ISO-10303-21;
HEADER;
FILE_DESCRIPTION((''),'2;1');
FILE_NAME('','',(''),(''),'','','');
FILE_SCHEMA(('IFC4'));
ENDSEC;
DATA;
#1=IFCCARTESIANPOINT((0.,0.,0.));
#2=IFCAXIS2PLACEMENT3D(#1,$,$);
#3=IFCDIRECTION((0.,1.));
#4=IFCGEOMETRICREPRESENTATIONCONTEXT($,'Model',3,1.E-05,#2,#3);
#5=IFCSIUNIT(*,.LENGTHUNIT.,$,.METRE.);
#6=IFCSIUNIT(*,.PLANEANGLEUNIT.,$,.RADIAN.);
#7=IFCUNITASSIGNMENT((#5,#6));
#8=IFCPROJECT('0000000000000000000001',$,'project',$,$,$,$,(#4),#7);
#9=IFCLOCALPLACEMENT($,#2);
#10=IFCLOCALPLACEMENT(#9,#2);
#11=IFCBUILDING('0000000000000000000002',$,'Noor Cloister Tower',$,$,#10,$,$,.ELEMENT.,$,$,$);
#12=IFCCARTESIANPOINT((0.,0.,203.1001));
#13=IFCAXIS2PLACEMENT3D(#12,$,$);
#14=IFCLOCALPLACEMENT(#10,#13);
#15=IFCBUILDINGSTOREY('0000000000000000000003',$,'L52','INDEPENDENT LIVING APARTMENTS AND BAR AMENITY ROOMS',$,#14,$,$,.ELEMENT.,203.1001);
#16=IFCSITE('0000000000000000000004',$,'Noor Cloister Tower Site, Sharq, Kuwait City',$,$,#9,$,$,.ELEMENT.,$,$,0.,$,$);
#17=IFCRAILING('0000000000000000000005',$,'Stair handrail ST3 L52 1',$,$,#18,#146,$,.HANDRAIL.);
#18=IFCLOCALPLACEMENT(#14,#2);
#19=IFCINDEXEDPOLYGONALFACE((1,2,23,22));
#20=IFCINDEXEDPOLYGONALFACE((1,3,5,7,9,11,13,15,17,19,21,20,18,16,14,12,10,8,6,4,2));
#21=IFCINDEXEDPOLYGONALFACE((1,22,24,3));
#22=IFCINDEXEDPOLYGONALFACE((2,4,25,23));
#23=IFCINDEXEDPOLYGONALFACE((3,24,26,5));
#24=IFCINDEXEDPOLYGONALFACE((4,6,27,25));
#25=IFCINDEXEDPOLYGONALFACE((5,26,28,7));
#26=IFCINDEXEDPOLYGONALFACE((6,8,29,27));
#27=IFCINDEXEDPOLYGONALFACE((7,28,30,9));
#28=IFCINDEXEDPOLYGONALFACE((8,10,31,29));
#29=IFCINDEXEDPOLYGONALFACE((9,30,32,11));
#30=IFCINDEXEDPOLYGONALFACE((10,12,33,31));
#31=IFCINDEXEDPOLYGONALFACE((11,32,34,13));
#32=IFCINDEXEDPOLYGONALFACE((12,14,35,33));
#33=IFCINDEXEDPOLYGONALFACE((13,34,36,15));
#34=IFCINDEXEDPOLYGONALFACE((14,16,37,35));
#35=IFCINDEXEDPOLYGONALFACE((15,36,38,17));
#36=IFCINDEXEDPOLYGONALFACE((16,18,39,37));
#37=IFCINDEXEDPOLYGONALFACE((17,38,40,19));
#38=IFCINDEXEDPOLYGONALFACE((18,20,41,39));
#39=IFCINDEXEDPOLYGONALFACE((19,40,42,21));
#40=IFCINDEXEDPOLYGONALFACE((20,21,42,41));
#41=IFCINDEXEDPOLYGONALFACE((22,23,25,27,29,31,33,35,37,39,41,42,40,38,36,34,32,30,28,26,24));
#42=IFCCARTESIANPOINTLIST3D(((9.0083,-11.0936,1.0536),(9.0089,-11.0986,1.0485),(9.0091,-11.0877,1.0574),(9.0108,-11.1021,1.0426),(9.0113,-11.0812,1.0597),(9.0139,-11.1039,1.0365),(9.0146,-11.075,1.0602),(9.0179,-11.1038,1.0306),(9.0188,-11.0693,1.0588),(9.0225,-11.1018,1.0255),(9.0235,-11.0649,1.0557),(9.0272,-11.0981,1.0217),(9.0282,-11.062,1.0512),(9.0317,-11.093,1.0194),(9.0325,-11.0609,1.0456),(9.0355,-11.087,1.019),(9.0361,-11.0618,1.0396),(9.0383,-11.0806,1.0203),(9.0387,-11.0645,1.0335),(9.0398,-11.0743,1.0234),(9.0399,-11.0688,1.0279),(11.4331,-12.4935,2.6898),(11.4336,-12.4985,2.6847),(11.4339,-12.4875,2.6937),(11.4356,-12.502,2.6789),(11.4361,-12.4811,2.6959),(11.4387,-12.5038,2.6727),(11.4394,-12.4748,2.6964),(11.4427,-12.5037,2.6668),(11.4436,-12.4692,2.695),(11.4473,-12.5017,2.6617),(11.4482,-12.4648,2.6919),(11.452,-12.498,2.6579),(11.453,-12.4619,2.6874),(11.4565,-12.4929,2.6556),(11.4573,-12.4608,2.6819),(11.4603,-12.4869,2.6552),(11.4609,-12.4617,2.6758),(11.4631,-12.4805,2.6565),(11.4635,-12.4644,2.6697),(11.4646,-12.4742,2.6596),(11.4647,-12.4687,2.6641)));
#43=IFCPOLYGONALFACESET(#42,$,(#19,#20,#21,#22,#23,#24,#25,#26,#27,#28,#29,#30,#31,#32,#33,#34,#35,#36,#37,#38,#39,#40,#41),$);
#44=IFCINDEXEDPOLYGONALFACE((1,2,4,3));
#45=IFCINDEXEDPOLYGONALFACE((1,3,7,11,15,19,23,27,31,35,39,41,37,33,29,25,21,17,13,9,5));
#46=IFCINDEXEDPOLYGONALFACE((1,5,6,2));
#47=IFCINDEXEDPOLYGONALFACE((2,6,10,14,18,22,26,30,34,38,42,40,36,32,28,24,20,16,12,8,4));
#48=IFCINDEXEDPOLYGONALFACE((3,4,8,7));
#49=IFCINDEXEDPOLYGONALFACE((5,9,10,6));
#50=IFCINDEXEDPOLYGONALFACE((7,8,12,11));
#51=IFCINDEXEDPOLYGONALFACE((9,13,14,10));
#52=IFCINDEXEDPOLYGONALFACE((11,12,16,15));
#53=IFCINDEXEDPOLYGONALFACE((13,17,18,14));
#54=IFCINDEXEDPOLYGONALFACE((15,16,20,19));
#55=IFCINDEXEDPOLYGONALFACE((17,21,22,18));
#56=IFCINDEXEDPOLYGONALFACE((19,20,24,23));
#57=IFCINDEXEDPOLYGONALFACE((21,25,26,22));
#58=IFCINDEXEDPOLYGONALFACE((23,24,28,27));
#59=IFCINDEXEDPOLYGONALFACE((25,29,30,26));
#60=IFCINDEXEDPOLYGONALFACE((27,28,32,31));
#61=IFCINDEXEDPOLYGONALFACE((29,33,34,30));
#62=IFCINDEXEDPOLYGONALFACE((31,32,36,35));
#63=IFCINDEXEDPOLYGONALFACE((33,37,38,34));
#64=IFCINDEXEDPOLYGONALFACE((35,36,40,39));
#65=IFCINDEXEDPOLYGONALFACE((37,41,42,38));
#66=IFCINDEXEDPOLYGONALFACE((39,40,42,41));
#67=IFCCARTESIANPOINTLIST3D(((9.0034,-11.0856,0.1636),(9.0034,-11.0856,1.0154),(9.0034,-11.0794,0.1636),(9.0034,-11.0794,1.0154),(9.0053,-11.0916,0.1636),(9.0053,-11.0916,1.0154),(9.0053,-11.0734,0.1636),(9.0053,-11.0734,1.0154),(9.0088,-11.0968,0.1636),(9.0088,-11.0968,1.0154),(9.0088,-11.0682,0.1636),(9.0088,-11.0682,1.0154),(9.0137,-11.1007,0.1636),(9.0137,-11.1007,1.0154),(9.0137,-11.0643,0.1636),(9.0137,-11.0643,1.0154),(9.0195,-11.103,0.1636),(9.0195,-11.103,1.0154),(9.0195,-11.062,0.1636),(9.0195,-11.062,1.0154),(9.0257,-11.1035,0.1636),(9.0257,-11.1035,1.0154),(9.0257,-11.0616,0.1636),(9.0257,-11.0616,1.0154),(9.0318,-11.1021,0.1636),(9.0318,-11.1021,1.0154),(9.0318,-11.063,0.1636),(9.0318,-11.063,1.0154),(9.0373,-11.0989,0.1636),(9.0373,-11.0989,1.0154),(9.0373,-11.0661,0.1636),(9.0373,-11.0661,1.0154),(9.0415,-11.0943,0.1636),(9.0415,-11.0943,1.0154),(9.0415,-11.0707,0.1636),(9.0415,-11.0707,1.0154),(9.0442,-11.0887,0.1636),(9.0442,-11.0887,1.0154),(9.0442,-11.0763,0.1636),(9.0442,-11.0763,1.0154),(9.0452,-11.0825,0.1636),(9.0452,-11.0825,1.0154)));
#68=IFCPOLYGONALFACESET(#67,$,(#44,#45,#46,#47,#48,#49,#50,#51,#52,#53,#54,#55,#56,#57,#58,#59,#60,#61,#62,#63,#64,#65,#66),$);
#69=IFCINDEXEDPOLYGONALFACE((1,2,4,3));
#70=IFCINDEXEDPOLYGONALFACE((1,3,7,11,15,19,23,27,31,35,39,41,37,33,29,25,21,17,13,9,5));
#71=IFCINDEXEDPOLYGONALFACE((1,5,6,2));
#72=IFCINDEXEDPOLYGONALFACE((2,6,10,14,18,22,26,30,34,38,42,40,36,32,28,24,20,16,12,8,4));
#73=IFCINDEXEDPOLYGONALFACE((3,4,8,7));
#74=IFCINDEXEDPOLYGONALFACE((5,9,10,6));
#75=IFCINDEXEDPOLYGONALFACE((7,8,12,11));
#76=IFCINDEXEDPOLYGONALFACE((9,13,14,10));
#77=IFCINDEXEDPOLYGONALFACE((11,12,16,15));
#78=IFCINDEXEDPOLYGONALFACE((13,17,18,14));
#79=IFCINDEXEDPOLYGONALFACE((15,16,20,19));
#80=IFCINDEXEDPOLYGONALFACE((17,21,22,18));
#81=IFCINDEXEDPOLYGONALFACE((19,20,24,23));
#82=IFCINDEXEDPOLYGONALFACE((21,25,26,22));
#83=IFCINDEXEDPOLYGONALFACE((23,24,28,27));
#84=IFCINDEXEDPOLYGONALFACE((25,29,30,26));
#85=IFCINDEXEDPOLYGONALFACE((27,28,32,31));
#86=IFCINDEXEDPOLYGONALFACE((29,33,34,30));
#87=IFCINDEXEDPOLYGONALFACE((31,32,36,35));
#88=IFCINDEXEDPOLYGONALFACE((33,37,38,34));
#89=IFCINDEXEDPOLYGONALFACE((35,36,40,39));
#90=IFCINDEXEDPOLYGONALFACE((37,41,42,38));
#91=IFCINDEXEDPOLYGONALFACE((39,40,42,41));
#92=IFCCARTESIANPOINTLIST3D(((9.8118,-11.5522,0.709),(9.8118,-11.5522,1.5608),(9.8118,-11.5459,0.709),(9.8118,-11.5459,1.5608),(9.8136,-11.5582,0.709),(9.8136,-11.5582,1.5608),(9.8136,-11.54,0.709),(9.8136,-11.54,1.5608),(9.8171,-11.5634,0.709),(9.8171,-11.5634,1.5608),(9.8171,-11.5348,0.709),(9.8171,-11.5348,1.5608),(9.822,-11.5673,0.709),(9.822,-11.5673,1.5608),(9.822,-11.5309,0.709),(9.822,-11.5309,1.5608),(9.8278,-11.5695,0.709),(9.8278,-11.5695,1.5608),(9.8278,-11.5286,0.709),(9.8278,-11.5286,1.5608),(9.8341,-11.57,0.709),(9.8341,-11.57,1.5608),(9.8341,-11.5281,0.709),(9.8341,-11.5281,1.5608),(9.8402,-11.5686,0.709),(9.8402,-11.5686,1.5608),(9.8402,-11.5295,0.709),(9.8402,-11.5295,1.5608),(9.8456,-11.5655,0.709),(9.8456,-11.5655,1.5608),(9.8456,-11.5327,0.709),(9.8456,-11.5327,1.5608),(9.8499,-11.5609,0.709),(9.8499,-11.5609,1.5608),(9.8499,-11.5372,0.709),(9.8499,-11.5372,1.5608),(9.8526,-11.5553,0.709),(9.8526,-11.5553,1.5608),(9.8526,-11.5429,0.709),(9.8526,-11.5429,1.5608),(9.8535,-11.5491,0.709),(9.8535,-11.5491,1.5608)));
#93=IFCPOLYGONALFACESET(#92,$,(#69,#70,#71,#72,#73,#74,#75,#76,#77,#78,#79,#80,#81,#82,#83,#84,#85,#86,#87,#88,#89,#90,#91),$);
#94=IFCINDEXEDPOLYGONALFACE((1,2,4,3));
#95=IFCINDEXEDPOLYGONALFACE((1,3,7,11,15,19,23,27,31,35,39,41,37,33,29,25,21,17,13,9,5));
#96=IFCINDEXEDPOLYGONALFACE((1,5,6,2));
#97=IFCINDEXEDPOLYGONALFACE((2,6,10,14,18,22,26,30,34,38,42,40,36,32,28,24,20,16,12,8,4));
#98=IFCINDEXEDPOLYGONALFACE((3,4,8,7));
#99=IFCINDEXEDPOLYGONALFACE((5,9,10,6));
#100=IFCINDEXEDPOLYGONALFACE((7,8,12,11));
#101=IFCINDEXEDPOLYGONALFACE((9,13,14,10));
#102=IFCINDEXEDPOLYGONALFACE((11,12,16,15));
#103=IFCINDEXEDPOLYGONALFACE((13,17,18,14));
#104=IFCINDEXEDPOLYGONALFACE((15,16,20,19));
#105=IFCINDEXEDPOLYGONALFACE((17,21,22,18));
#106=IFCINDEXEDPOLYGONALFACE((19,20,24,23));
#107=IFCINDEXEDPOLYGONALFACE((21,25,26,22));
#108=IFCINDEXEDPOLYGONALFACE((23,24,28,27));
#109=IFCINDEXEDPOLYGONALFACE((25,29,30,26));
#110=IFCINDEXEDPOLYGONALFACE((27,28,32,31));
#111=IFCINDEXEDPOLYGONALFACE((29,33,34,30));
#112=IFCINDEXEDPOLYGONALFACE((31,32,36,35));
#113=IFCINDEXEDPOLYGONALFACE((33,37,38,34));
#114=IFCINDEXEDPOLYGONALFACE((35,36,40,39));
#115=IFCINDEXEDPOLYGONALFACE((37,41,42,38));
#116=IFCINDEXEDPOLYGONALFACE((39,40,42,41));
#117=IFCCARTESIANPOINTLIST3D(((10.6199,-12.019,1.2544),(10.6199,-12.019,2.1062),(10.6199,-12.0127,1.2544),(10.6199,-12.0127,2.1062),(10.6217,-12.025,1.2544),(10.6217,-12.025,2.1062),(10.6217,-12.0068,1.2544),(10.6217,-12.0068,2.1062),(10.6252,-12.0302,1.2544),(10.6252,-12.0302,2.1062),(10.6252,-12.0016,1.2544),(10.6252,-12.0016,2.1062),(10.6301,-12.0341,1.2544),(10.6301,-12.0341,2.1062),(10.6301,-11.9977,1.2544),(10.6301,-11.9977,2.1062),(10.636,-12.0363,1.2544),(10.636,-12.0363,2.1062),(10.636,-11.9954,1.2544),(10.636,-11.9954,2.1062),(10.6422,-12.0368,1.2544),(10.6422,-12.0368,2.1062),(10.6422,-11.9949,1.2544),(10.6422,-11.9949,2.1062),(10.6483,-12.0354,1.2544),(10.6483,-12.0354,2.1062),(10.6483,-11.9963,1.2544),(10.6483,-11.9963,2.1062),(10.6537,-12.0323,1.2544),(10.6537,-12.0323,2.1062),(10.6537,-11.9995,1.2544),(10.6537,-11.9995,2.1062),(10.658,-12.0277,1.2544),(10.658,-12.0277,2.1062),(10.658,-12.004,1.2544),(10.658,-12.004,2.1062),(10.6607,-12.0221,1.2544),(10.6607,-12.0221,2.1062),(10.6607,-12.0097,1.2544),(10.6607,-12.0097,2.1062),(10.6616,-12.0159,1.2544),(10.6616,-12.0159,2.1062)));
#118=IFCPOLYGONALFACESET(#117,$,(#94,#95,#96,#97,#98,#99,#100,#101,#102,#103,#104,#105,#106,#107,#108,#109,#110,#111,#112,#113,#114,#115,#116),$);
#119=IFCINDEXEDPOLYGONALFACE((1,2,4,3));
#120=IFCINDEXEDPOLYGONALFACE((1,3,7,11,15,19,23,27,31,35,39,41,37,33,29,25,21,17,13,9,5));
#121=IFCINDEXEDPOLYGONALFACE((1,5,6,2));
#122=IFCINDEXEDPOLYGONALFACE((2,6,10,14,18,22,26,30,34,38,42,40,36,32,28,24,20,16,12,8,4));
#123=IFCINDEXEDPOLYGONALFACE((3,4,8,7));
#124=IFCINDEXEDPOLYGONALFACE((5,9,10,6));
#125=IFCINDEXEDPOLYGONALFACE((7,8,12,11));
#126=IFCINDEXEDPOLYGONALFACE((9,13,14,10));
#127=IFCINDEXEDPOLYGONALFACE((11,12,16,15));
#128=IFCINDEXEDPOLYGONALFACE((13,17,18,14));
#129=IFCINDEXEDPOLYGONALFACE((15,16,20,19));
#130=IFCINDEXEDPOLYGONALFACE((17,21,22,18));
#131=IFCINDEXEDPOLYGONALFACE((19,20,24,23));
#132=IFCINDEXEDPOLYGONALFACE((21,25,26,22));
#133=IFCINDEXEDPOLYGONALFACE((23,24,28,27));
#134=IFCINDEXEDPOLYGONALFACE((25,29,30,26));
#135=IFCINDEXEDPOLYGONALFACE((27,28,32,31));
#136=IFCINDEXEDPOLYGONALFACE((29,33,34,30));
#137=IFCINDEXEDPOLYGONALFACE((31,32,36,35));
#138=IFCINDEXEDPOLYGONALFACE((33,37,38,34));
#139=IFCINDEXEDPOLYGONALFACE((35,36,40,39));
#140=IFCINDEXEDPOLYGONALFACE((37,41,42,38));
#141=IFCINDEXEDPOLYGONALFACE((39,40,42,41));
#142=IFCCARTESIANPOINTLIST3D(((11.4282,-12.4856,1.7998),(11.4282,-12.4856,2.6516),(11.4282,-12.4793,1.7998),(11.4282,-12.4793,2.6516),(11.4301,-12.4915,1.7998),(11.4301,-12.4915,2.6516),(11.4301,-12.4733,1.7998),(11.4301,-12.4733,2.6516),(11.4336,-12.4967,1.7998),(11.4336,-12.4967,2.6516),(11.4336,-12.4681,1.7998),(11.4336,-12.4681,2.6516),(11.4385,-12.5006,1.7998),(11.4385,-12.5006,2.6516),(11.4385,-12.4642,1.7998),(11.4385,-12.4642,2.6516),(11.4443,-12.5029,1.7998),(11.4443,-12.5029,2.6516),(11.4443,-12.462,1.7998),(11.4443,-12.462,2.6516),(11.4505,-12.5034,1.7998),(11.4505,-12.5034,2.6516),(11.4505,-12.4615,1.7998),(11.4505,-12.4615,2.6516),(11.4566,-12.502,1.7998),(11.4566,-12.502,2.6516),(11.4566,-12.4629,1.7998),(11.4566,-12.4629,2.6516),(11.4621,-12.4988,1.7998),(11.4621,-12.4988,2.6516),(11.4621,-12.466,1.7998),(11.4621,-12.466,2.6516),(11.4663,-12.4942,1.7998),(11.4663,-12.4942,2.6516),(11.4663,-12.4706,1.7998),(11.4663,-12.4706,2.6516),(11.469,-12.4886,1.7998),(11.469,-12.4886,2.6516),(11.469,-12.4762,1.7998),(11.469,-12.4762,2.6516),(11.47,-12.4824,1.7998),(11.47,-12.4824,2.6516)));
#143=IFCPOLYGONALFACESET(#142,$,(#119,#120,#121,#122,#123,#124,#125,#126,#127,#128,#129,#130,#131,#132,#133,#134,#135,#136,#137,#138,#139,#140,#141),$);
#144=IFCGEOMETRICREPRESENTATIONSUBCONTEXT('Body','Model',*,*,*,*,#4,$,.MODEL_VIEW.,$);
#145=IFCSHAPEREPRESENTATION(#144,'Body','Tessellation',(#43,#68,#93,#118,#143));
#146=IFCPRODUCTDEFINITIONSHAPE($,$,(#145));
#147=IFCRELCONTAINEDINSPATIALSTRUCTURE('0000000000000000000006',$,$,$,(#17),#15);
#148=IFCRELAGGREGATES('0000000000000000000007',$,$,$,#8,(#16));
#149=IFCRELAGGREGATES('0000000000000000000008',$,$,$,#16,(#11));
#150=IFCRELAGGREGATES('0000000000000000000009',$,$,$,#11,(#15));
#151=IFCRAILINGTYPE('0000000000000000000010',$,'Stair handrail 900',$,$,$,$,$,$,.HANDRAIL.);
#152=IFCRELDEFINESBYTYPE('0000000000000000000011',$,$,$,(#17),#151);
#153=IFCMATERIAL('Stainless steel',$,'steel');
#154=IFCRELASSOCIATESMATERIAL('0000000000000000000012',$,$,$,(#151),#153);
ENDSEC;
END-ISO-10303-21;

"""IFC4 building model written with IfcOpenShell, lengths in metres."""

from ifc_helpers import new_model, si_unit, direction, frame, origin, origin_2d, place, context, subcontext, project, spatial, circle, extrude, material, type_object, element, save


model = new_model("IFC4")

# Units and contexts
model_context = context("Model", 3, precision=1e-05, world=origin(), true_north=direction((0.0, 1.0)))
body_context = subcontext(model_context, "Body", "Model", "MODEL_VIEW")
ifc_project = project(units=[si_unit("LENGTHUNIT", "METRE"), si_unit("PLANEANGLEUNIT", "RADIAN")], contexts=[model_context])

# Site, building, storey
site_placement = place(None, origin())
site = spatial("IfcSite", under=ifc_project, at=site_placement, Name="Noor Cloister Tower Site, Sharq, Kuwait City", CompositionType="ELEMENT", RefElevation=0.0)
building_placement = place(site_placement, origin())
building = spatial("IfcBuilding", under=site, at=building_placement, Name="Noor Cloister Tower", CompositionType="ELEMENT")
storey_placement = place(building_placement, frame((0.0, 0.0, 203.1001)))
storey = spatial("IfcBuildingStorey", under=building, at=storey_placement, Name="L52", Description="INDEPENDENT LIVING APARTMENTS AND BAR AMENITY ROOMS", CompositionType="ELEMENT", Elevation=203.1001)

# Railing
ifc_material_1 = material(Name="Stainless steel", Category="steel")
railing_type_1 = type_object("IfcRailingType", Name="Stair handrail 900", PredefinedType="HANDRAIL", material=ifc_material_1)
railing_1_placement = place(storey_placement, frame((9.0242, -11.0825, 0.1636)))
element("IfcRailing", 1, at=railing_1_placement, inside=storey, type_object=railing_type_1, Name="Stair handrail ST3 L52 1", PredefinedType="HANDRAIL", context=body_context, shape_type="SweptSolid", body=[
    extrude(circle(Radius=0.0239, at=origin_2d()), frame((0.0, 0.0, 0.876), z_axis=(0.747718, -0.431677, 0.504552), x_axis=(0.499984, 0.866035, 0.0)), (0.0, 0.0, 1.0), 3.2429),
    extrude(circle(Radius=0.021, at=origin_2d()), origin(), (0.0, 0.0, 1.0), 0.8518),
    extrude(circle(Radius=0.021, at=origin_2d()), frame((0.8083, -0.4666, 0.5454)), (0.0, 0.0, 1.0), 0.8518),
    extrude(circle(Radius=0.021, at=origin_2d()), frame((1.6165, -0.9333, 1.0908)), (0.0, 0.0, 1.0), 0.8518),
    extrude(circle(Radius=0.021, at=origin_2d()), frame((2.4248, -1.3999, 1.6362)), (0.0, 0.0, 1.0), 0.8518),
])

save(model, "model.ifc")
